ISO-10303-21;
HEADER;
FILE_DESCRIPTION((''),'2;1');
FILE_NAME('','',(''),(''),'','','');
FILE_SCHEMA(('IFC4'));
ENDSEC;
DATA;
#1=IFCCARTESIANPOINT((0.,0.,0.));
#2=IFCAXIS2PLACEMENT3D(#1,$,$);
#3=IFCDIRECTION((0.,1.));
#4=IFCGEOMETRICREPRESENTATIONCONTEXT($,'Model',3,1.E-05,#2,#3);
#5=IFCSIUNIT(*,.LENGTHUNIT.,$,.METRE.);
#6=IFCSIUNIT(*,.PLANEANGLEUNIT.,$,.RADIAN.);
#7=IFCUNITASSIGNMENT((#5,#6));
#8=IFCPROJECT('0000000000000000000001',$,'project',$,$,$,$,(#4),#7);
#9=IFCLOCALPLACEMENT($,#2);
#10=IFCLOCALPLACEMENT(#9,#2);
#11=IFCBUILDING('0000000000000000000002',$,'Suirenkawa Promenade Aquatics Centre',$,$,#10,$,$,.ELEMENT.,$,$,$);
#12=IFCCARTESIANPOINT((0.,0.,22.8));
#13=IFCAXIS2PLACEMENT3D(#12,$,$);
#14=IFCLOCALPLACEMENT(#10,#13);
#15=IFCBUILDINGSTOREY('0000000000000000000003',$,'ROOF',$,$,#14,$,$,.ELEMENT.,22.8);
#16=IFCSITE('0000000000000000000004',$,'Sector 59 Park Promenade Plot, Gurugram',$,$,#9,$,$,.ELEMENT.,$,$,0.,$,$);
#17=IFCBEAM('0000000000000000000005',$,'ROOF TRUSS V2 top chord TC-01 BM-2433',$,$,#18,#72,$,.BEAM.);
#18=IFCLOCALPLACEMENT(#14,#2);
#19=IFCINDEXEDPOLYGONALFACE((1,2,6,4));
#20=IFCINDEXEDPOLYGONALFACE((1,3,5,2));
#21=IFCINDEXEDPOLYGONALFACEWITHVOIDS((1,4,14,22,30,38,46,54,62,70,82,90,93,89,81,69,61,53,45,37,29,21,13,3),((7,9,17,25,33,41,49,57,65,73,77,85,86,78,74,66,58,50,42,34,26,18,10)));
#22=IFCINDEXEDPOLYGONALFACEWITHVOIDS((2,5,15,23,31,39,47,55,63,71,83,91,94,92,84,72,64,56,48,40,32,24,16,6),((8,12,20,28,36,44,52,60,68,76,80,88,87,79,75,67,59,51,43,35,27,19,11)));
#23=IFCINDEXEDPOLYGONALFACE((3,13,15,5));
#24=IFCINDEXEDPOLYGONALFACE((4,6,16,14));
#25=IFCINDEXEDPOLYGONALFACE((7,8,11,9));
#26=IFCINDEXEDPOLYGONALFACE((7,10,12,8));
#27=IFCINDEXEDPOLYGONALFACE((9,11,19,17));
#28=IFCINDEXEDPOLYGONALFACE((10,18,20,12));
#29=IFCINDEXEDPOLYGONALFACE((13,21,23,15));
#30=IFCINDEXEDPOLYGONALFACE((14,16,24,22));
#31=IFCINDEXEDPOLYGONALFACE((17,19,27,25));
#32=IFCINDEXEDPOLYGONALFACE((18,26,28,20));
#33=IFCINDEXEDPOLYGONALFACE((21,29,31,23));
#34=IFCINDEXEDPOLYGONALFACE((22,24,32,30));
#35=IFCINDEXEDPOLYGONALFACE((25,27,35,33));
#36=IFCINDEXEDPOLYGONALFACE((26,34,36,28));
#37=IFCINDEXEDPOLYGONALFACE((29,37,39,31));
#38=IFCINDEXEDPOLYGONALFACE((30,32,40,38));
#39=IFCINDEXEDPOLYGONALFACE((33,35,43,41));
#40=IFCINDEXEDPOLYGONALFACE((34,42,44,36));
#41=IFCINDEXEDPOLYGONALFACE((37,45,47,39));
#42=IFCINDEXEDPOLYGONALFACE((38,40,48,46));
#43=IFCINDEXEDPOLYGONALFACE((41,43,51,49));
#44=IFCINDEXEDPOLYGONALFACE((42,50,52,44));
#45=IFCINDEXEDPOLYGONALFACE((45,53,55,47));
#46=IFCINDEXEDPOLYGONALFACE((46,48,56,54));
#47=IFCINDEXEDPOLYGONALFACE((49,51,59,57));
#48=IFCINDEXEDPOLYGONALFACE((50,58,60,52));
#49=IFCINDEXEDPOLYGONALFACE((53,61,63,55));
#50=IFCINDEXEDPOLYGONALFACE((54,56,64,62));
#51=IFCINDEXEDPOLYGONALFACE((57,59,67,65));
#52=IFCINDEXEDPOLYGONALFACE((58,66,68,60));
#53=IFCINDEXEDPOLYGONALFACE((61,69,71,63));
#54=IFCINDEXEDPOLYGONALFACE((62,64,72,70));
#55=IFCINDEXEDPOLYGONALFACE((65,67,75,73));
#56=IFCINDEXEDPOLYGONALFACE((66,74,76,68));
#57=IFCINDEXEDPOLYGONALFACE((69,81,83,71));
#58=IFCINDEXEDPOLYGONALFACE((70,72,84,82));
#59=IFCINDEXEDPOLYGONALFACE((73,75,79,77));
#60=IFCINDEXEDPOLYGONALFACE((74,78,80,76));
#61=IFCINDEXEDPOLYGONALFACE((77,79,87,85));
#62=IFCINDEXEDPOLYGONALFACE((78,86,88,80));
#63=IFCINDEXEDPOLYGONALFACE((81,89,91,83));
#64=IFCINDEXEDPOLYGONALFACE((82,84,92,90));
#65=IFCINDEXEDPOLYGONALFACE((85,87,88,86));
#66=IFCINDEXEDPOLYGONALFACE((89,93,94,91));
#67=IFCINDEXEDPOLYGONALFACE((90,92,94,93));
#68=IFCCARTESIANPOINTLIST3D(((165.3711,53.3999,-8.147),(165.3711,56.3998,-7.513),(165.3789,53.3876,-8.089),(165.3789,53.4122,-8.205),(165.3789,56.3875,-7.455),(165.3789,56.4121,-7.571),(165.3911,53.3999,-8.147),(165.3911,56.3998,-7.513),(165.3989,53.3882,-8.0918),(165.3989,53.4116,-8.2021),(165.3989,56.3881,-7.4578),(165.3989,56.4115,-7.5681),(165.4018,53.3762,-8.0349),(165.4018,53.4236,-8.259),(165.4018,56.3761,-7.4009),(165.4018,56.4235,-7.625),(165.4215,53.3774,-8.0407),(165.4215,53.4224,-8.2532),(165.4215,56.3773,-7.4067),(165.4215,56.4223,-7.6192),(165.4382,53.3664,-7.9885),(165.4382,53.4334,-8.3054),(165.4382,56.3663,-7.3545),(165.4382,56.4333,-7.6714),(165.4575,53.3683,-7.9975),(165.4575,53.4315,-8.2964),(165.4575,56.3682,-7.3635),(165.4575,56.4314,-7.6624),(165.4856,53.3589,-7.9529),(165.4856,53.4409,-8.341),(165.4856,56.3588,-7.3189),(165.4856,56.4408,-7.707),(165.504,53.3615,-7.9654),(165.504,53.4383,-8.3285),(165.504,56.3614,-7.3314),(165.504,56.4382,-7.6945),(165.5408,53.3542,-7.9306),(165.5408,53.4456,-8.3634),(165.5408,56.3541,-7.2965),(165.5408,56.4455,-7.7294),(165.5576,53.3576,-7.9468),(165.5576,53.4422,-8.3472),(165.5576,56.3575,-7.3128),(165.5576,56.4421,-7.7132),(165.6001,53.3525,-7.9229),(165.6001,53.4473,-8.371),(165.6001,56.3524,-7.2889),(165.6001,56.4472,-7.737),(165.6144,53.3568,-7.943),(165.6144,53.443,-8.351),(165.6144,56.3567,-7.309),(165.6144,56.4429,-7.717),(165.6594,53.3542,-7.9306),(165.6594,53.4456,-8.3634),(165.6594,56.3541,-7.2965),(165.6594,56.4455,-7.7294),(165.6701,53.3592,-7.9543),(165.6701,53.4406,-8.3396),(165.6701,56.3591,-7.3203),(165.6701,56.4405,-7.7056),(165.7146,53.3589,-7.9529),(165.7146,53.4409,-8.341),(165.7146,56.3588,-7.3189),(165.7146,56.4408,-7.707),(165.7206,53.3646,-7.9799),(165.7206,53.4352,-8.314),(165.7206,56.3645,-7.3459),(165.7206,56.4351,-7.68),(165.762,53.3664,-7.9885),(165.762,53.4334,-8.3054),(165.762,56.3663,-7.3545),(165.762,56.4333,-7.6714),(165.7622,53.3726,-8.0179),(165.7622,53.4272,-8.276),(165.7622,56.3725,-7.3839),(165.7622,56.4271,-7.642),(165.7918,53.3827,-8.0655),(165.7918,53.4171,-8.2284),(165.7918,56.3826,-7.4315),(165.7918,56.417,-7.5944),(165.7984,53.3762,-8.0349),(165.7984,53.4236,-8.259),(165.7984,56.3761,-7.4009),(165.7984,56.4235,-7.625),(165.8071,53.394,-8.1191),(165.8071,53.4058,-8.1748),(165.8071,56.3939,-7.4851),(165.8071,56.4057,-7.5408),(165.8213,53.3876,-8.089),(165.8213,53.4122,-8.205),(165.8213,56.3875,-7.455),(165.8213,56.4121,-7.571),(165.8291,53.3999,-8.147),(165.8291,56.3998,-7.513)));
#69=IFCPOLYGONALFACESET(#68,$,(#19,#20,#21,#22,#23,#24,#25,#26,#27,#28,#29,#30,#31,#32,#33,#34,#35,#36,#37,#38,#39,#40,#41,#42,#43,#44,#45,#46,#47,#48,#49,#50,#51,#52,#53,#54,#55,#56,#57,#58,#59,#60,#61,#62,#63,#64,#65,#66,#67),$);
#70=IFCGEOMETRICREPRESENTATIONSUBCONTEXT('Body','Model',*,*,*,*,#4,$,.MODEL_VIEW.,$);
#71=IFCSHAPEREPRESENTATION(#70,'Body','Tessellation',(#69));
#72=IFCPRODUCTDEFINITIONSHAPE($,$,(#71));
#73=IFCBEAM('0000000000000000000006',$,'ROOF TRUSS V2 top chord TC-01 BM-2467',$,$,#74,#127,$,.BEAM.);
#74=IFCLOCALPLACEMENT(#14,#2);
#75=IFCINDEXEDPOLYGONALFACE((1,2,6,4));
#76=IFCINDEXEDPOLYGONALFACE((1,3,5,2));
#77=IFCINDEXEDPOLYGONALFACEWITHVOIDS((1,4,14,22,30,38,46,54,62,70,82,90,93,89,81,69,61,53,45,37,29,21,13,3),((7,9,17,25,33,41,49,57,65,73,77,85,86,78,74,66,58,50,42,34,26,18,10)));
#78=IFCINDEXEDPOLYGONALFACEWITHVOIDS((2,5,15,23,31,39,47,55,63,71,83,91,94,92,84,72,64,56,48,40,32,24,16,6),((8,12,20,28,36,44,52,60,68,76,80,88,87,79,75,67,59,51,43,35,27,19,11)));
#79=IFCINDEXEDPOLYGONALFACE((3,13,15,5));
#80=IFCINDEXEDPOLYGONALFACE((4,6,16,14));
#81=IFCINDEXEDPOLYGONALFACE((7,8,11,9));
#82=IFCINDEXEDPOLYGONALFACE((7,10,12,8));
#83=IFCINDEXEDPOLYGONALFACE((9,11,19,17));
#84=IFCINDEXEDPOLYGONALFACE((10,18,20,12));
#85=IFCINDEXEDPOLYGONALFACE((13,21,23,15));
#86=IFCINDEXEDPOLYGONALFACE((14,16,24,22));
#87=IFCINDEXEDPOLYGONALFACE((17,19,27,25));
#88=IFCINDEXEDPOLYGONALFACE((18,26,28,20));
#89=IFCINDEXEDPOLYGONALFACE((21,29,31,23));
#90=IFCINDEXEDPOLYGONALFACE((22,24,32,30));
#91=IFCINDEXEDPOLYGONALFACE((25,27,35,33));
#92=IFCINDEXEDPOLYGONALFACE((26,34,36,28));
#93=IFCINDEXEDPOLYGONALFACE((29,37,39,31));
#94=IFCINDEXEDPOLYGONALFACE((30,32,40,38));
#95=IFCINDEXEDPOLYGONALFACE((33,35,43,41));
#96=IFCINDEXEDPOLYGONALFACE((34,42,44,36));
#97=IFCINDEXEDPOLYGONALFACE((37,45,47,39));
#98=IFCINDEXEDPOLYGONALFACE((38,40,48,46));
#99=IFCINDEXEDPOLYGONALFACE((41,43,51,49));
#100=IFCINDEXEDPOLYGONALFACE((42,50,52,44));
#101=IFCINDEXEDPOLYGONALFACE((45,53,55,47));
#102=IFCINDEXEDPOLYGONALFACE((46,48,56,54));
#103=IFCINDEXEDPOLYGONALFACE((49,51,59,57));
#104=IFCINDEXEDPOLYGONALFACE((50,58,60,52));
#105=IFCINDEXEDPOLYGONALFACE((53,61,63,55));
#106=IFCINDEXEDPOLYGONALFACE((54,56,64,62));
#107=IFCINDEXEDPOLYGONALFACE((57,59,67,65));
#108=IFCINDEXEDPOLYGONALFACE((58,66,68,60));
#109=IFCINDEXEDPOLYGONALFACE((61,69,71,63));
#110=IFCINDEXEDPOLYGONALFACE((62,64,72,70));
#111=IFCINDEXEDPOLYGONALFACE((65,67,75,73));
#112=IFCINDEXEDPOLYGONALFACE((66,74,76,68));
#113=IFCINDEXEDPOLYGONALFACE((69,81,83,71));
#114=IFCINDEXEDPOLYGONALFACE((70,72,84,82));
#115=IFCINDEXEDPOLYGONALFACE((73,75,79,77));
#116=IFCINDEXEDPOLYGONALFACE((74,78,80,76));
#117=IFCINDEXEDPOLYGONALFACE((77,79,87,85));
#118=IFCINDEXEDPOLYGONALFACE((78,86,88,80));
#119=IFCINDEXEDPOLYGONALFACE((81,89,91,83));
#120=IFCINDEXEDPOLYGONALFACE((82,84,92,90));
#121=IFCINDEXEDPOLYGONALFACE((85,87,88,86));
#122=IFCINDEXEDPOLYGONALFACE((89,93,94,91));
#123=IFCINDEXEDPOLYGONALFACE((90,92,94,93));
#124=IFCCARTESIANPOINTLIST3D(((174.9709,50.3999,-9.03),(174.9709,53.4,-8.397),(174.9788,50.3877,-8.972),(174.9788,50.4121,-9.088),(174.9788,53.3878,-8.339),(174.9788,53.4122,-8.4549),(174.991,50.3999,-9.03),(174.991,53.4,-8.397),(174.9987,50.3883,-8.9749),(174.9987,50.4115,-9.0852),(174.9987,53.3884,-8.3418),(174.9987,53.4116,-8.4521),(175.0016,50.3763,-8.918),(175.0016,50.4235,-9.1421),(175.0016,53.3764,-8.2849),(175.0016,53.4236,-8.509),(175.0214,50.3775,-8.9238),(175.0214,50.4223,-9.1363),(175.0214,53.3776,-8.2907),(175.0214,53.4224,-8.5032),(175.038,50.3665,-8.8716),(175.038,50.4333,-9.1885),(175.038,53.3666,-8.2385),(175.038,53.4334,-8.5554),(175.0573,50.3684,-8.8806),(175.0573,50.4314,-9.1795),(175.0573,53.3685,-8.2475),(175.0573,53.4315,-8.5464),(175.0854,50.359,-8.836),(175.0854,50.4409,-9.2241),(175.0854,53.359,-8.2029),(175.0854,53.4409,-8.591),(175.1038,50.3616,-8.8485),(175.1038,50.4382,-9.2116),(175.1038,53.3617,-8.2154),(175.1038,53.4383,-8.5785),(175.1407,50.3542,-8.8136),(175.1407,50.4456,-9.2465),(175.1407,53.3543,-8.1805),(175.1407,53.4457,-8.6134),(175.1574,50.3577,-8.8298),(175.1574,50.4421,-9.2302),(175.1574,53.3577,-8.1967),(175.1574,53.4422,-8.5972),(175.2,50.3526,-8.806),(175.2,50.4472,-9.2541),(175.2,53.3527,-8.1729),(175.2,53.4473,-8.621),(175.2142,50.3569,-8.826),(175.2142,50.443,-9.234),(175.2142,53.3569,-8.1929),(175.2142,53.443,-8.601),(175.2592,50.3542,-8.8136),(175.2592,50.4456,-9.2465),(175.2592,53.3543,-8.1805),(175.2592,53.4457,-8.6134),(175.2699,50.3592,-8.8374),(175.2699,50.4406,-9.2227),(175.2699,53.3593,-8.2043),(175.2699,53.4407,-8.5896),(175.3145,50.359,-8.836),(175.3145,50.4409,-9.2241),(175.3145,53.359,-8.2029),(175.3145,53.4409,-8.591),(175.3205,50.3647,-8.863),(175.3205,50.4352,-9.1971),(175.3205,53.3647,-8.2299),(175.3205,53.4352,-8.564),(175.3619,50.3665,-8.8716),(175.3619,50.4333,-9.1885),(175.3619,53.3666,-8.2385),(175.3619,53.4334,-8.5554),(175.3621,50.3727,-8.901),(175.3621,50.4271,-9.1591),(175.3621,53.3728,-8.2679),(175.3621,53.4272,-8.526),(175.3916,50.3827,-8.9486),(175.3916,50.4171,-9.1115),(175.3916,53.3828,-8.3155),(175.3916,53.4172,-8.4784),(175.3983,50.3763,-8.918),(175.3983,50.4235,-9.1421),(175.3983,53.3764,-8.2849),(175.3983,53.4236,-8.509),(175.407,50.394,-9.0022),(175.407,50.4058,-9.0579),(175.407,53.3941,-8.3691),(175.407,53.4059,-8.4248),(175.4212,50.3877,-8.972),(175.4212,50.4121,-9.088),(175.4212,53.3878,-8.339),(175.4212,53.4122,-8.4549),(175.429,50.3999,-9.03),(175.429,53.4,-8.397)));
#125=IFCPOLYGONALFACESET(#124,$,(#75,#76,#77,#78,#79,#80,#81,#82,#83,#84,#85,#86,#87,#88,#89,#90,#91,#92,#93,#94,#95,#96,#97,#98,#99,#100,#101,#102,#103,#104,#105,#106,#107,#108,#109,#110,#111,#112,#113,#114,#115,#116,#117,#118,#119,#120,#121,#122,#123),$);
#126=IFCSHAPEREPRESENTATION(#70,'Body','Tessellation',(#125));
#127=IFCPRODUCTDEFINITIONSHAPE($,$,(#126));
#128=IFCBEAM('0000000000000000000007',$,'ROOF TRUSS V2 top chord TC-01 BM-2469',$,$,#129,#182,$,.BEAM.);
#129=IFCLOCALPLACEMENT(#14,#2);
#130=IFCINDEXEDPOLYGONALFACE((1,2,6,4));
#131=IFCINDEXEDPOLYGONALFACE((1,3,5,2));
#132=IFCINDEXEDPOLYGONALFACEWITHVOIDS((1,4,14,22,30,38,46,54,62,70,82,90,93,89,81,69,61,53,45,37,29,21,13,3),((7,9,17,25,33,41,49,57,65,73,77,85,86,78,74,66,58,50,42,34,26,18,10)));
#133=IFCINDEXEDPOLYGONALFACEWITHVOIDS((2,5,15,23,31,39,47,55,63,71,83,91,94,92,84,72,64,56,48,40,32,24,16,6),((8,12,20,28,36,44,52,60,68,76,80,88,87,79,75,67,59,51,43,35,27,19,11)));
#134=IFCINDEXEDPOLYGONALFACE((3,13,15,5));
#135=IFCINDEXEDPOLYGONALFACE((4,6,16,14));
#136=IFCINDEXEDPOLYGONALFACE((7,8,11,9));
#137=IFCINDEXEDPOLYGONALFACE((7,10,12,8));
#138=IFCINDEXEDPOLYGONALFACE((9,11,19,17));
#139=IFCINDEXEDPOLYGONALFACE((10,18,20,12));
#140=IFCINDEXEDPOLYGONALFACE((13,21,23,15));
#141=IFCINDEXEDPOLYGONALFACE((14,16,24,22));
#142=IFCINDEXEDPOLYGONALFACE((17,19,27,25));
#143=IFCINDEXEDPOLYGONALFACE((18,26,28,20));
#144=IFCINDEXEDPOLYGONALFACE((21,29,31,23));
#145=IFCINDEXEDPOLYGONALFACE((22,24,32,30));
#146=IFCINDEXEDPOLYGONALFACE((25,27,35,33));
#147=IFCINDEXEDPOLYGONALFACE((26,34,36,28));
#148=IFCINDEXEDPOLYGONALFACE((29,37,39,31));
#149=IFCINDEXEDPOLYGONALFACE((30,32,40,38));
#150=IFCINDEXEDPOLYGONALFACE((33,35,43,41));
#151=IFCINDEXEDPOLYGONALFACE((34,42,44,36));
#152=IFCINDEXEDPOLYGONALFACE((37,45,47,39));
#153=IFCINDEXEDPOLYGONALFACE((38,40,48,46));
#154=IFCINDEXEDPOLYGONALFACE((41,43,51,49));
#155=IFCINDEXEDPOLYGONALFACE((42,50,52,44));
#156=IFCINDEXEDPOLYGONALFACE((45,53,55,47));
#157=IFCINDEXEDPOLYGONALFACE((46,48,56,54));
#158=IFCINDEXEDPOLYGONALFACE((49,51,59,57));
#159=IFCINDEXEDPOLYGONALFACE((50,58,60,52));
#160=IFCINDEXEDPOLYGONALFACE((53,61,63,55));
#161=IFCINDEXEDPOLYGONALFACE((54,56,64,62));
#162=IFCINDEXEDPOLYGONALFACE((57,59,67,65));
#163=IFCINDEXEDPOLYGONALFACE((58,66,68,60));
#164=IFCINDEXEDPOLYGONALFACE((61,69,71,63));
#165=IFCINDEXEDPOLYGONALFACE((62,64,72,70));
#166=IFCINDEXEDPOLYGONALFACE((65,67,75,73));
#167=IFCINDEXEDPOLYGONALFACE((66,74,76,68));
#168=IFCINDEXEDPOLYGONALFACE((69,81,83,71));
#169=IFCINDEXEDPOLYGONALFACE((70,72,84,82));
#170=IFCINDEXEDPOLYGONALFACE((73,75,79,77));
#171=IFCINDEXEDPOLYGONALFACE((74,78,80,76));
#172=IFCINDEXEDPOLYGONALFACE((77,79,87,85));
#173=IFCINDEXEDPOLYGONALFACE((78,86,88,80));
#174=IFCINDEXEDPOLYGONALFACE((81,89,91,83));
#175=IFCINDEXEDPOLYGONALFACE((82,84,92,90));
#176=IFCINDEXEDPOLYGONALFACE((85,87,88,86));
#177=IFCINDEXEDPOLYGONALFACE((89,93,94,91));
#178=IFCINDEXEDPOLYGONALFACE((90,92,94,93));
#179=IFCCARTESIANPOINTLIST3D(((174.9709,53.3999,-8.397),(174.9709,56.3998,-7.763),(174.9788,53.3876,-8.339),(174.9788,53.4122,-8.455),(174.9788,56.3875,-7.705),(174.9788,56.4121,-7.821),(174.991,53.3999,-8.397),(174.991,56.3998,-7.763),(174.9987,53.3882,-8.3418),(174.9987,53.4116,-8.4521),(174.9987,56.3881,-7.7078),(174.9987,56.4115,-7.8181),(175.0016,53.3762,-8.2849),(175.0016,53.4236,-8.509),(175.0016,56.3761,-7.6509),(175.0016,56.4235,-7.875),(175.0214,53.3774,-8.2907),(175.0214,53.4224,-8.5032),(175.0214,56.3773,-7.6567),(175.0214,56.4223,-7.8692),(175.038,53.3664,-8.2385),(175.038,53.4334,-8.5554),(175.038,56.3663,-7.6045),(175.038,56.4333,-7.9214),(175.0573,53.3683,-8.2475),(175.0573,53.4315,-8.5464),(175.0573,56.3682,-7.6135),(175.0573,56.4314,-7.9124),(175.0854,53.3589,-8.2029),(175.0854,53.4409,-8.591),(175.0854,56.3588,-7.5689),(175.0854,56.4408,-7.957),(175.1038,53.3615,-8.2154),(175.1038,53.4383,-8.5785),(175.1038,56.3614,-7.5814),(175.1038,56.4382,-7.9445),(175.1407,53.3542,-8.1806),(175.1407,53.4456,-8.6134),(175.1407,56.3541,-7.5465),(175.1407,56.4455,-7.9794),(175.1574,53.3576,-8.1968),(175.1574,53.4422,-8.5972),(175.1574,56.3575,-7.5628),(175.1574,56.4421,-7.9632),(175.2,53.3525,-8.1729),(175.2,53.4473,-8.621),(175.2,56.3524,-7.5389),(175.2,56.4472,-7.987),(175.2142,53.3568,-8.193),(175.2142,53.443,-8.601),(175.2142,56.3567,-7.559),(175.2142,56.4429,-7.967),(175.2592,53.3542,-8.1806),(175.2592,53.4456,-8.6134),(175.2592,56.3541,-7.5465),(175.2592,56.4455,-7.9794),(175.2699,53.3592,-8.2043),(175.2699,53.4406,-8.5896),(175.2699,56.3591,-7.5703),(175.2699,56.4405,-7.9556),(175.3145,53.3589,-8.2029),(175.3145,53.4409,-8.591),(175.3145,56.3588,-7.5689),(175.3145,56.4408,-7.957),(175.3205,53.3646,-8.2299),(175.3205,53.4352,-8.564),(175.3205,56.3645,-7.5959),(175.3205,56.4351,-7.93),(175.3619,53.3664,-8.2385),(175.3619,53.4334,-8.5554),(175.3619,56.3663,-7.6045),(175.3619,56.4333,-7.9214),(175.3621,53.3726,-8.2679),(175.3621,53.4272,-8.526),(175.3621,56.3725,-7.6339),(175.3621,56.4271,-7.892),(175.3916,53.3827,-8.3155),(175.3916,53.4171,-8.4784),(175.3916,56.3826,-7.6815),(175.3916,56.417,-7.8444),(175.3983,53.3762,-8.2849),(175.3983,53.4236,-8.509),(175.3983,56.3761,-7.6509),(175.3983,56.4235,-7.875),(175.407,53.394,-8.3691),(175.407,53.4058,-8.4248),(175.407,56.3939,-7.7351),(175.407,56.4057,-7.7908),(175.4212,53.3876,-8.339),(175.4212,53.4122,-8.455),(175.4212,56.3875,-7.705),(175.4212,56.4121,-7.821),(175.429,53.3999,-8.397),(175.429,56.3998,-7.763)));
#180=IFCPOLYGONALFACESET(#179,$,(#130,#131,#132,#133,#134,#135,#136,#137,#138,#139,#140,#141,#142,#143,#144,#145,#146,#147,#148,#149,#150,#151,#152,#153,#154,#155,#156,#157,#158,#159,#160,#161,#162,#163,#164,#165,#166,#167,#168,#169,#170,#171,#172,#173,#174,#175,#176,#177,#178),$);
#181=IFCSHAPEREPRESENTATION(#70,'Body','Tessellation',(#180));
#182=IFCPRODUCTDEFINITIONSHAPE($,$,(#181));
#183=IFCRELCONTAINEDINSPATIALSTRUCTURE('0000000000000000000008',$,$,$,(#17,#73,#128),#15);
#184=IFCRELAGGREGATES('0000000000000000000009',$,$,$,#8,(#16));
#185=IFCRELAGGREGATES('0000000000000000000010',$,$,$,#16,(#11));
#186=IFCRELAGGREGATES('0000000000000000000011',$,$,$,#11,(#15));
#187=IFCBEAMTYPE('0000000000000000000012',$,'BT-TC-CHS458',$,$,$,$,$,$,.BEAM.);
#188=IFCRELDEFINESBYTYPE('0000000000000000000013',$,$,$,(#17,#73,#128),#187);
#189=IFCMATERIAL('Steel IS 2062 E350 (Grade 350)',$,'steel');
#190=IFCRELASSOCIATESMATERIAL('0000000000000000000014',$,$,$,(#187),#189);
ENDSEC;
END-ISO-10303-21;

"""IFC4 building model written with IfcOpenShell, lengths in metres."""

from ifc_helpers import new_model, si_unit, direction, frame, origin, origin_2d, place, context, subcontext, project, spatial, hollow_circle, extrude, material, material_profile, profile_set, type_object, element, save


model = new_model("IFC4")

# Units and contexts
model_context = context("Model", 3, precision=1e-05, world=origin(), true_north=direction((0.0, 1.0)))
body_context = subcontext(model_context, "Body", "Model", "MODEL_VIEW")
ifc_project = project(units=[si_unit("LENGTHUNIT", "METRE"), si_unit("PLANEANGLEUNIT", "RADIAN")], contexts=[model_context])

# Site, building, storey
site_placement = place(None, origin())
site = spatial("IfcSite", under=ifc_project, at=site_placement, Name="Sector 59 Park Promenade Plot, Gurugram", CompositionType="ELEMENT", RefElevation=0.0)
building_placement = place(site_placement, origin())
building = spatial("IfcBuilding", under=site, at=building_placement, Name="Suirenkawa Promenade Aquatics Centre", CompositionType="ELEMENT")
storey_placement = place(building_placement, frame((0.0, 0.0, 22.8)))
storey = spatial("IfcBuildingStorey", under=building, at=storey_placement, Name="ROOF", CompositionType="ELEMENT", Elevation=22.8)

# Beams
ifc_material_1 = material(Name="Steel IS 2062 E350 (Grade 350)", Category="steel")
ifc_material_profile_1 = material_profile(ifc_material_1, hollow_circle(Radius=0.229, WallThickness=0.02, at=origin_2d()), Name="CHS 458x20", Category="steel")
ifc_profile_set_1 = profile_set([ifc_material_profile_1], Name="Steel IS 2062 E350 (Grade 350)")
beam_type_1 = type_object("IfcBeamType", Name="BT-TC-CHS458", PredefinedType="BEAM", material=ifc_profile_set_1)
for number, where, z_axis, x_axis, name in (
    (1, (165.6001, 53.3999, -8.147), (0.0, 0.978388, 0.206777), (-1.0, 0.0, 0.0), "ROOF TRUSS V2 top chord TC-01 BM-2433"),
    (2, (175.2, 50.3999, -9.03), (0.0, 0.978453, 0.206472), (-1.0, 0.0, 0.0), "ROOF TRUSS V2 top chord TC-01 BM-2467"),
    (3, (175.2, 53.3999, -8.397), (0.0, 0.978388, 0.206777), (-1.0, 0.0, 0.0), "ROOF TRUSS V2 top chord TC-01 BM-2469"),
):
    element("IfcBeam", number, at=place(storey_placement, frame(where, z_axis=z_axis, x_axis=x_axis)), inside=storey, type_object=beam_type_1, Name=name, PredefinedType="BEAM", context=body_context, shape_type="SweptSolid", body=[
        extrude(hollow_circle(Radius=0.229, WallThickness=0.02, at=origin_2d()), origin(), (0.0, 0.0, 1.0), 3.0662),
    ])

save(model, "model.ifc")
